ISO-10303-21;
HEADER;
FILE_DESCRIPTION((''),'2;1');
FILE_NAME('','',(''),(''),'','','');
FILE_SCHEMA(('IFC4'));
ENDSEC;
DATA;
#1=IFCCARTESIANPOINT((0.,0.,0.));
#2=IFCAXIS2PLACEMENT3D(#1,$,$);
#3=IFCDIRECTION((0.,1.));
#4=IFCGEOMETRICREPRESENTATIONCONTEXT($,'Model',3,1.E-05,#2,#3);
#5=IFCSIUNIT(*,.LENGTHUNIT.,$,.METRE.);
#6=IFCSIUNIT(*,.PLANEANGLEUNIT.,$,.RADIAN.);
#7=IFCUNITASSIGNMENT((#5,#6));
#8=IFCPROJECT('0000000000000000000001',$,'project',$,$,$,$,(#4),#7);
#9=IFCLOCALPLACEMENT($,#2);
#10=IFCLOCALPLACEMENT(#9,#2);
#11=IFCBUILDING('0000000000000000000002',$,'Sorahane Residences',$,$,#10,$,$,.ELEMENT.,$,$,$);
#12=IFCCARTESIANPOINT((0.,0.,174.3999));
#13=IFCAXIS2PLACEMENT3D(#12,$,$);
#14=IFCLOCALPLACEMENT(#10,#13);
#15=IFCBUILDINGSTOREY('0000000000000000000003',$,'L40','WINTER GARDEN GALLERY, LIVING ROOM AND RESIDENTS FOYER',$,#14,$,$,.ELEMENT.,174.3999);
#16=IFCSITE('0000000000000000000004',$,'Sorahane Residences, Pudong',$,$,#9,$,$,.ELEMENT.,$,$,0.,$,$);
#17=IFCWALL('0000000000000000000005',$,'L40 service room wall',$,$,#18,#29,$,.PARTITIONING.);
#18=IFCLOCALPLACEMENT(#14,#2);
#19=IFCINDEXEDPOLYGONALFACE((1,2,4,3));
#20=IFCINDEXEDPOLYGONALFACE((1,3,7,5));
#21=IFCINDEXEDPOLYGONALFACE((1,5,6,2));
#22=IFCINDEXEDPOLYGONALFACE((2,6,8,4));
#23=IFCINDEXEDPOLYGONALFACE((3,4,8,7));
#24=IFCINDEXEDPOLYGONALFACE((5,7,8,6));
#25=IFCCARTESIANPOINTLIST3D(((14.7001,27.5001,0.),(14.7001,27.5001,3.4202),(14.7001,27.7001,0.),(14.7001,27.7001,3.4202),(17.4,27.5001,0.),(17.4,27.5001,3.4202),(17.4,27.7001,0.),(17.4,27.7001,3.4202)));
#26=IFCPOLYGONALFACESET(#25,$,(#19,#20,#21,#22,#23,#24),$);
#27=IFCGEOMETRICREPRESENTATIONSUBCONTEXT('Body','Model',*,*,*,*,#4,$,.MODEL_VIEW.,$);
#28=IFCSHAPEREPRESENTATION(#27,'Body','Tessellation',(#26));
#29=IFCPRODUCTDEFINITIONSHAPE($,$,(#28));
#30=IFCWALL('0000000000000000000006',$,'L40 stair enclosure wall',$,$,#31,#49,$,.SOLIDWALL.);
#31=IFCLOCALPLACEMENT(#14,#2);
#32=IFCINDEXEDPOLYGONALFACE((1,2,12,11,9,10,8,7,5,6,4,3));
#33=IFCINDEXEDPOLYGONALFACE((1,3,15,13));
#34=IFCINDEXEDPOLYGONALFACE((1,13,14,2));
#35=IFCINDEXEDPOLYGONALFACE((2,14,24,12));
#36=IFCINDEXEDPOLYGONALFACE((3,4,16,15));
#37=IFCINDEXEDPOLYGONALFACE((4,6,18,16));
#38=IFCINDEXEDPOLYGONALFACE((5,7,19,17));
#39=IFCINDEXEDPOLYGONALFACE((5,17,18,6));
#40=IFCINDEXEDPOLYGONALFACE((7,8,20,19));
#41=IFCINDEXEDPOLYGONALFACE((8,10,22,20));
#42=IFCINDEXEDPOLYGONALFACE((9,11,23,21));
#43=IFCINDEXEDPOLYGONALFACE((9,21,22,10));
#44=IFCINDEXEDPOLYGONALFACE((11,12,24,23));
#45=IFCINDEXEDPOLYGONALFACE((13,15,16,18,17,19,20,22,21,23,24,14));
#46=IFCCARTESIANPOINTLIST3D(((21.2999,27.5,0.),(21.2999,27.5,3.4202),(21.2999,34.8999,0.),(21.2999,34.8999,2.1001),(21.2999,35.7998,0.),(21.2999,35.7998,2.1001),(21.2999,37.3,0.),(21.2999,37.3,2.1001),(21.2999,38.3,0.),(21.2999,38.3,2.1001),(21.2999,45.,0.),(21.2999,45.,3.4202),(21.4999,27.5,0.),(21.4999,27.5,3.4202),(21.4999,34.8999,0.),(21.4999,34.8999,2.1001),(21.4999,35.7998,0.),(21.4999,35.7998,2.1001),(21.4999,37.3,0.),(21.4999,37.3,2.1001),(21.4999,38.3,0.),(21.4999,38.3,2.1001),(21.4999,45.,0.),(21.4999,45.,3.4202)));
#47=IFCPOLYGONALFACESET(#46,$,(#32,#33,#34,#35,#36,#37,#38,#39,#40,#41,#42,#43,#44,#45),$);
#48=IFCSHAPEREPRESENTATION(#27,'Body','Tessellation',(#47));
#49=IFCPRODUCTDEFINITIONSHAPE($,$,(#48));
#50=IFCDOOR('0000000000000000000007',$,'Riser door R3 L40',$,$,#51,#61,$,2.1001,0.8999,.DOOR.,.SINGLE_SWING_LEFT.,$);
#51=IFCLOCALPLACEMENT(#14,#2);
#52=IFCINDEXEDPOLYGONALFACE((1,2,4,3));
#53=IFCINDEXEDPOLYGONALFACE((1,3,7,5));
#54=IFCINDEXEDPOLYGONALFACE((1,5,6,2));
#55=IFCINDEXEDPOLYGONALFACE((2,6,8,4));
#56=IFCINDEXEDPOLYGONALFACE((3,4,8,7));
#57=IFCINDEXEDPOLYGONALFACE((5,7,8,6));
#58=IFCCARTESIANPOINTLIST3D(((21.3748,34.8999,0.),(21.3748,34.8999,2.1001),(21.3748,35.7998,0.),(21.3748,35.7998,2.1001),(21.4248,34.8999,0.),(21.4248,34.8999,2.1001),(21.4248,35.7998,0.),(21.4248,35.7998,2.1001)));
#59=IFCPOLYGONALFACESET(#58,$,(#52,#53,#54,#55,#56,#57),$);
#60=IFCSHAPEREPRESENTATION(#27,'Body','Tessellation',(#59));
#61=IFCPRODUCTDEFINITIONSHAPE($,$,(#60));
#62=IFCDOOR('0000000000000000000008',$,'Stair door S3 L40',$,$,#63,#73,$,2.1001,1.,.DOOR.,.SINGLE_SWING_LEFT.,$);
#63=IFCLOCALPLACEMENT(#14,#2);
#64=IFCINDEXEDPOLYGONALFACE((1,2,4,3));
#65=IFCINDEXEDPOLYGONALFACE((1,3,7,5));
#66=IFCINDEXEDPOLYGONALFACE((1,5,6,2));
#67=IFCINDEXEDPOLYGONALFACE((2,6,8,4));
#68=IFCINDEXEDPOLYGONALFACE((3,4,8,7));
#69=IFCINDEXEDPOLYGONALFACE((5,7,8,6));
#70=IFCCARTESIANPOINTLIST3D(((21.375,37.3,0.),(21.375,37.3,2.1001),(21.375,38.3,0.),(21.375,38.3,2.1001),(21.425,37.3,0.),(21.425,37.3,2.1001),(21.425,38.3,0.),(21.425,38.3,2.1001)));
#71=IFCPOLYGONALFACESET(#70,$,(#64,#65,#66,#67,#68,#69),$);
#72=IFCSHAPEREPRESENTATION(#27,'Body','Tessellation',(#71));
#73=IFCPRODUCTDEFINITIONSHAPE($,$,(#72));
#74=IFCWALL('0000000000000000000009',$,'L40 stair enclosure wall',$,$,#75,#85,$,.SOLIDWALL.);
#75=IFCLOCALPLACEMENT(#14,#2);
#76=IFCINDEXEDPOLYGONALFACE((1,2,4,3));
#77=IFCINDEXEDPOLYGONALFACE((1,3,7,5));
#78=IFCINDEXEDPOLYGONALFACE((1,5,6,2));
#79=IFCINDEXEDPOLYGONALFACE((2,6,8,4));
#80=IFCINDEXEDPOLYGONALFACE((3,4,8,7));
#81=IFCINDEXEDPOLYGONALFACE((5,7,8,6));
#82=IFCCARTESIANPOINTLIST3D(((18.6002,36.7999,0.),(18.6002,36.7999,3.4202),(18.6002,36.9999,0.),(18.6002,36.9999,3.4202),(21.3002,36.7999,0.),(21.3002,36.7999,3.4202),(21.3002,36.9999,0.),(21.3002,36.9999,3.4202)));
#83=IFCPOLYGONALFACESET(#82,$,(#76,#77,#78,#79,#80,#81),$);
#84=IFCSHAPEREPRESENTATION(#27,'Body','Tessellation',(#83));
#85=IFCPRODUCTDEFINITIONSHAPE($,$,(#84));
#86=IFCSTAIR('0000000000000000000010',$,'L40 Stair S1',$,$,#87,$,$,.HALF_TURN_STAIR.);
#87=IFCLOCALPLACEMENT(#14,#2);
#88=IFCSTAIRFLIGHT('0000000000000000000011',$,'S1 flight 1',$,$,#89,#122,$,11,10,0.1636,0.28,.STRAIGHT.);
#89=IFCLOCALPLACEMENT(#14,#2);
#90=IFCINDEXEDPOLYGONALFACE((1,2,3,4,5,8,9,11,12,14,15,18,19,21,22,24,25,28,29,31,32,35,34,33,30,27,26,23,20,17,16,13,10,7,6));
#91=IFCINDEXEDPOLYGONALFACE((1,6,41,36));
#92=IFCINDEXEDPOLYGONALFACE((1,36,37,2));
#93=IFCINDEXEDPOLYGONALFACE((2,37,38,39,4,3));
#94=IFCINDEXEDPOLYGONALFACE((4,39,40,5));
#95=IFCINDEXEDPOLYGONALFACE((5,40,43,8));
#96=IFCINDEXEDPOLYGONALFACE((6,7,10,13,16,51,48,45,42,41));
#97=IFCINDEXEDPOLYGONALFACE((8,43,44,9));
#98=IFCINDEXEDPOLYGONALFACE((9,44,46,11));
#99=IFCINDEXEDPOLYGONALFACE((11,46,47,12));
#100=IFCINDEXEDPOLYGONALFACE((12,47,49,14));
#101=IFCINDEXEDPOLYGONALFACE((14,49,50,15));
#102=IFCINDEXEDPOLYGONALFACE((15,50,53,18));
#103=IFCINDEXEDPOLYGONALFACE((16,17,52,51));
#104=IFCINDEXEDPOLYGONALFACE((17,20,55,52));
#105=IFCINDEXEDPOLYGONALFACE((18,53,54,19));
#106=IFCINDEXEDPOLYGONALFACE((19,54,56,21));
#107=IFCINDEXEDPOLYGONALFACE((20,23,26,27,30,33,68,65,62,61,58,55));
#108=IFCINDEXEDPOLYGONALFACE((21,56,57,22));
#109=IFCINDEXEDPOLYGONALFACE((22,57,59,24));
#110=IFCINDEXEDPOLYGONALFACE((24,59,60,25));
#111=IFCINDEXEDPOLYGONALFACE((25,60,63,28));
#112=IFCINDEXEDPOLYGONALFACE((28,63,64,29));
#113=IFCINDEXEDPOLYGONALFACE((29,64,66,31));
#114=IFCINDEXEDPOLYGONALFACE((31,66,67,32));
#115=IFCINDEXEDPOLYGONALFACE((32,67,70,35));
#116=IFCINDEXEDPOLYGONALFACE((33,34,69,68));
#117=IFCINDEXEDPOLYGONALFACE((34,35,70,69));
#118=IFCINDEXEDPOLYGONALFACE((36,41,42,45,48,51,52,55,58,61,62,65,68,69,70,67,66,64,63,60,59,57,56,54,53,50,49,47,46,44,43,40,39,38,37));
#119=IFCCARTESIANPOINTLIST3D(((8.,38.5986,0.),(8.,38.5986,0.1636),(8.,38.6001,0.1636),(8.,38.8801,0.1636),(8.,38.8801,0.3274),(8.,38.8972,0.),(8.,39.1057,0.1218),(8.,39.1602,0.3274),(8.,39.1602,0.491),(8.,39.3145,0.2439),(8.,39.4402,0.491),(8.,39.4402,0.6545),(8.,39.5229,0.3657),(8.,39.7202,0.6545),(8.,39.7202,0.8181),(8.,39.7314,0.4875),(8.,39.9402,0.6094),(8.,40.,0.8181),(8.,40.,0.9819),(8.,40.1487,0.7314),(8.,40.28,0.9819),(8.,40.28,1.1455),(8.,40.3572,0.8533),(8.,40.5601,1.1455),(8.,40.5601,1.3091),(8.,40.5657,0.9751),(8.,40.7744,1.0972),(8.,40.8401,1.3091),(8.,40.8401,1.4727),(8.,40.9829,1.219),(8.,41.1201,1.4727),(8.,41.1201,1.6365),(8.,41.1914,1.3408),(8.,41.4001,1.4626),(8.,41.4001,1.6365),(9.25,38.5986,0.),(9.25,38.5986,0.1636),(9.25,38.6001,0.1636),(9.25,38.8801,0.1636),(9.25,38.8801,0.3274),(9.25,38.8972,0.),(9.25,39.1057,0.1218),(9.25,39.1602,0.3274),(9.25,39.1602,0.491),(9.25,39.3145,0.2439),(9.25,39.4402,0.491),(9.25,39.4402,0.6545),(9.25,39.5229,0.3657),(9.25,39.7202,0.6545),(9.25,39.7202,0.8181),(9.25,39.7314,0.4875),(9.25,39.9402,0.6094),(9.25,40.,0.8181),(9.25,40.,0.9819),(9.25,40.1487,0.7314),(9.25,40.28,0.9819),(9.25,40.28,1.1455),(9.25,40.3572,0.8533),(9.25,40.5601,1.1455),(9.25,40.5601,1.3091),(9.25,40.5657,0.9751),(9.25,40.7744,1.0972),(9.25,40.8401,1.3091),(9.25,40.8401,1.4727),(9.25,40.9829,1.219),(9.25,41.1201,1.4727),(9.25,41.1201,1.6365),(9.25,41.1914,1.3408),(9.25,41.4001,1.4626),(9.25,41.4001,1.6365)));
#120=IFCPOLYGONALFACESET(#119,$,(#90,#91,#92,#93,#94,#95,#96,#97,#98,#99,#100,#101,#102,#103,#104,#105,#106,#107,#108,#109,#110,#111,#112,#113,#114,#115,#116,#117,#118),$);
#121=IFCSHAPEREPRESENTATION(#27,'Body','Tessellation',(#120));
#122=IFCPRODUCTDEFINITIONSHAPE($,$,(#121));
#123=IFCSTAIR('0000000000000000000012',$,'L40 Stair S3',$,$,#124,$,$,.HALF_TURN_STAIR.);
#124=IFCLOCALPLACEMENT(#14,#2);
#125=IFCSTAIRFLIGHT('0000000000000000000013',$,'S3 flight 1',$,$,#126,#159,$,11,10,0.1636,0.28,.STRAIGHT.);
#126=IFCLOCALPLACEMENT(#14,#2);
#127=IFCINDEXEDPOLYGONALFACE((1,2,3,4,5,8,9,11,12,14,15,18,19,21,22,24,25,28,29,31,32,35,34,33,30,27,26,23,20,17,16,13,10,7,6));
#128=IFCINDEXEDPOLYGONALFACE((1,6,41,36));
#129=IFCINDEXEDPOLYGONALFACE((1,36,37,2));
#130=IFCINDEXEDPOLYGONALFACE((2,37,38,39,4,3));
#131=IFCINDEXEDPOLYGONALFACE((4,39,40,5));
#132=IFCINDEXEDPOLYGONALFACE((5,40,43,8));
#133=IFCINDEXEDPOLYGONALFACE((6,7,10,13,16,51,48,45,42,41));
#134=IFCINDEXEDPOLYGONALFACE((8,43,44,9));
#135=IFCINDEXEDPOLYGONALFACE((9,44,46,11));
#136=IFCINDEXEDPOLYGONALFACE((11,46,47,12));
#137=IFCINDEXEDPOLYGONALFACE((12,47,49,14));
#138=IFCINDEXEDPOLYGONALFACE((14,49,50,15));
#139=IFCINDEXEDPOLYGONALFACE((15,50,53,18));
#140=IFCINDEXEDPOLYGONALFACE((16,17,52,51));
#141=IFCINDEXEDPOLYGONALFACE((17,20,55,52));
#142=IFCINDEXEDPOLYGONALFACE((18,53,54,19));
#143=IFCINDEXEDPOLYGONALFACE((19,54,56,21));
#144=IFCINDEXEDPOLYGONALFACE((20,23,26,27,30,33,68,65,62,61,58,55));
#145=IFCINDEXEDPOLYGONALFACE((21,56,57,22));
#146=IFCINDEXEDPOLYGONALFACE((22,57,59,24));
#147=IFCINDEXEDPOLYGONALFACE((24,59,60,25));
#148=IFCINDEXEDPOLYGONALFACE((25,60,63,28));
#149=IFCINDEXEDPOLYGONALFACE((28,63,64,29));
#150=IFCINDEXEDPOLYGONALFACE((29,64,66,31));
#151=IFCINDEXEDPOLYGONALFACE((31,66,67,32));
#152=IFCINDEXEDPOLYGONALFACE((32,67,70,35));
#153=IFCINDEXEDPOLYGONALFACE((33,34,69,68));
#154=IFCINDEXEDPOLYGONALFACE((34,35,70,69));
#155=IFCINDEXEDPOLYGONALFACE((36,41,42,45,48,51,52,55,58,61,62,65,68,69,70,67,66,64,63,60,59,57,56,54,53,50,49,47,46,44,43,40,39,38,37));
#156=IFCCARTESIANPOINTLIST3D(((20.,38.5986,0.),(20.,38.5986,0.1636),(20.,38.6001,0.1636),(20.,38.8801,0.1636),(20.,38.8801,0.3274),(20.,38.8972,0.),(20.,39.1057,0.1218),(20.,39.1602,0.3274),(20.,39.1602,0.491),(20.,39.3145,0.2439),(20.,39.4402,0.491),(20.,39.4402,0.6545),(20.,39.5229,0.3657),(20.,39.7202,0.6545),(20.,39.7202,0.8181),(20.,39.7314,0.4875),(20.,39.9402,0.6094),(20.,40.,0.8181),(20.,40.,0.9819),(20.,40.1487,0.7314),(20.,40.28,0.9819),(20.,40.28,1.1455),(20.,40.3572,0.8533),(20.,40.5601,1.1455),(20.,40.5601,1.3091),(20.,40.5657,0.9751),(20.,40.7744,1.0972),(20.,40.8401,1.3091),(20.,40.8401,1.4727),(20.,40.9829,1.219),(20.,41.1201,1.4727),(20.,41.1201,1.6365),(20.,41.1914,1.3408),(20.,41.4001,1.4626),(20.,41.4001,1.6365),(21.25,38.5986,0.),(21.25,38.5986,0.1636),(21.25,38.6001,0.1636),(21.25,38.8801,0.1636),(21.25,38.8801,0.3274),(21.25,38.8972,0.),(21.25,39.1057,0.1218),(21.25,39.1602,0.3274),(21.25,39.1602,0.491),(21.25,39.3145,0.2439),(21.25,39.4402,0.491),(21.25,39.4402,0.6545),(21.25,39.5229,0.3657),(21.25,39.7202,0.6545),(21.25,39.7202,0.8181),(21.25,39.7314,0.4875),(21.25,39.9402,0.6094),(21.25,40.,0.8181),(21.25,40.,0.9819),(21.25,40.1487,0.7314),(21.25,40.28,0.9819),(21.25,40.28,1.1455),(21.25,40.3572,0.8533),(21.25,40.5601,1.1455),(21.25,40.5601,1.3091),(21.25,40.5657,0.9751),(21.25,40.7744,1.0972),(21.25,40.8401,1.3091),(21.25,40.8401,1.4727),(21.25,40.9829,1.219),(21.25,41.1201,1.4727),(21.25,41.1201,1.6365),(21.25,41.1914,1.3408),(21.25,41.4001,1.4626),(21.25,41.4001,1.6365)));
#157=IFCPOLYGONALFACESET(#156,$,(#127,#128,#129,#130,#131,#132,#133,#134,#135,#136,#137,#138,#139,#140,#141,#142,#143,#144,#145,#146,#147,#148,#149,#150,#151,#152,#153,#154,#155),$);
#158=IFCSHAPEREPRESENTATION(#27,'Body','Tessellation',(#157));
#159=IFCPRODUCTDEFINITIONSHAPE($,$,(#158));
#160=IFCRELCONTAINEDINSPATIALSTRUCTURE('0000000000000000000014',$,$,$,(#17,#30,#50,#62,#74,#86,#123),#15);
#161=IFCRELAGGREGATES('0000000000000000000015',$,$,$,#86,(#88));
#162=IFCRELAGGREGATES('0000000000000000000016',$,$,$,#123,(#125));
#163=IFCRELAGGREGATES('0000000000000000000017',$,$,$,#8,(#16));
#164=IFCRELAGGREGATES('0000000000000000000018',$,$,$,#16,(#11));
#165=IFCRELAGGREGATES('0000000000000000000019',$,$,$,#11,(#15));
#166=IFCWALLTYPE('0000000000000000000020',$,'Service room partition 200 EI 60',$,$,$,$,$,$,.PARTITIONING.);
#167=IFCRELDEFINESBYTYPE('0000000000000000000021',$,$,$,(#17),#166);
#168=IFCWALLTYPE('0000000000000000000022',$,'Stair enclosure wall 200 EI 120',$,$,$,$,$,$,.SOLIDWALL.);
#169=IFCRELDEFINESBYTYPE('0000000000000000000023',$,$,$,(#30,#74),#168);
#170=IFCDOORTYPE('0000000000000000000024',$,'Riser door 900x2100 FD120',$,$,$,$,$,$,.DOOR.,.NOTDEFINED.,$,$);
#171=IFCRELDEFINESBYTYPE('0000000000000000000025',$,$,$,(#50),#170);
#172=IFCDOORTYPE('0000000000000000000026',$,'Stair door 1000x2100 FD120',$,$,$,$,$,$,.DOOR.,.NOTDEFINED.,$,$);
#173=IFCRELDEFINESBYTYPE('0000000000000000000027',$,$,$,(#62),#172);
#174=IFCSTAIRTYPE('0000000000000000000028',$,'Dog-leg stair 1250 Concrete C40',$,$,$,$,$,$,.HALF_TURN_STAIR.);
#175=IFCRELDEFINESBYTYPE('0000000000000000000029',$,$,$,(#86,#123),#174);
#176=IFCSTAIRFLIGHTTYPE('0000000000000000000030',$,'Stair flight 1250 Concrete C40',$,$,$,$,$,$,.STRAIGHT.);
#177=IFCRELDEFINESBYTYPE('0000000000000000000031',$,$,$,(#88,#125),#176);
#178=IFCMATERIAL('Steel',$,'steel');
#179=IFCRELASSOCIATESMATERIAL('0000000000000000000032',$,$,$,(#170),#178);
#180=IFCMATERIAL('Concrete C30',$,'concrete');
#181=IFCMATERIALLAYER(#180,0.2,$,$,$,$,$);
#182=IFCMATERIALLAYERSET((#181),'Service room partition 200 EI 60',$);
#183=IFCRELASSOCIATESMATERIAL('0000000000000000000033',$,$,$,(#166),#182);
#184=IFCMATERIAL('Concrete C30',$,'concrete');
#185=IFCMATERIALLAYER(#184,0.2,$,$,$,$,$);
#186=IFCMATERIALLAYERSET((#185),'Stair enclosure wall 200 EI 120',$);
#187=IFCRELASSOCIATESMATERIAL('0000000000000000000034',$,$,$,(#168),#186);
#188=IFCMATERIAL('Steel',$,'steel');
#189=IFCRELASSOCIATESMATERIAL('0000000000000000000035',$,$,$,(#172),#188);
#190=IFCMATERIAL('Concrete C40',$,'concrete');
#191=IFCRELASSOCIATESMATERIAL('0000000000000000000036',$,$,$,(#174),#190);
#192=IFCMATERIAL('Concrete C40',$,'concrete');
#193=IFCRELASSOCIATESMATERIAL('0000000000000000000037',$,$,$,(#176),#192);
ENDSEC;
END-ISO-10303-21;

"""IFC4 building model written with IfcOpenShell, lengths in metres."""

from ifc_helpers import new_model, si_unit, direction, frame, frame_2d, origin, place, context, subcontext, project, spatial, polyline, rectangle, outline, extrude, material, layer, layer_set, type_object, element, fill, aggregate, save


model = new_model("IFC4")

# Units and contexts
model_context = context("Model", 3, precision=1e-05, world=origin(), true_north=direction((0.0, 1.0)))
body_context = subcontext(model_context, "Body", "Model", "MODEL_VIEW")
ifc_project = project(units=[si_unit("LENGTHUNIT", "METRE"), si_unit("PLANEANGLEUNIT", "RADIAN")], contexts=[model_context])

# Site, building, storey
site_placement = place(None, origin())
site = spatial("IfcSite", under=ifc_project, at=site_placement, Name="Sorahane Residences, Pudong", CompositionType="ELEMENT", RefElevation=0.0)
building_placement = place(site_placement, origin())
building = spatial("IfcBuilding", under=site, at=building_placement, Name="Sorahane Residences", CompositionType="ELEMENT")
storey_placement = place(building_placement, frame((0.0, 0.0, 174.3999)))
storey = spatial("IfcBuildingStorey", under=building, at=storey_placement, Name="L40", Description="WINTER GARDEN GALLERY, LIVING ROOM AND RESIDENTS FOYER", CompositionType="ELEMENT", Elevation=174.3999)

# Shared definitions
ifc_material_1 = material(Name="Steel", Category="steel")
door_type_1 = type_object("IfcDoorType", Name="Riser door 900x2100 FD120", OperationType="NOTDEFINED", PredefinedType="DOOR", material=ifc_material_1)

# Wall
ifc_material_2 = material(Name="Concrete C30", Category="concrete")
ifc_layer_1 = layer(ifc_material_2, 0.2)
ifc_layer_set_1 = layer_set([ifc_layer_1], Name="Service room partition 200 EI 60")
wall_type_1 = type_object("IfcWallType", Name="Service room partition 200 EI 60", PredefinedType="PARTITIONING", material=ifc_layer_set_1)
wall_1_placement = place(storey_placement, frame((14.7, 27.6001, 0.0), z_axis=(0.0, 0.0, 1.0), x_axis=(1.0, 0.0, 0.0)))
element("IfcWall", 1, at=wall_1_placement, inside=storey, type_object=wall_type_1, Name="L40 service room wall", PredefinedType="PARTITIONING", context=body_context, shape_type="SweptSolid", body=[
    extrude(rectangle(XDim=2.7, YDim=0.2, at=frame_2d((1.3501, 0.0))), origin(), (0.0, 0.0, 1.0), 3.4202),
])

# Wall, openings, doors
ifc_material_3 = material(Name="Concrete C30", Category="concrete")
ifc_layer_2 = layer(ifc_material_3, 0.2)
ifc_layer_set_2 = layer_set([ifc_layer_2], Name="Stair enclosure wall 200 EI 120")
wall_type_2 = type_object("IfcWallType", Name="Stair enclosure wall 200 EI 120", PredefinedType="SOLIDWALL", material=ifc_layer_set_2)
wall_2_placement = place(storey_placement, frame((21.3999, 27.5, 0.0), z_axis=(0.0, 0.0, 1.0), x_axis=(0.0, 1.0, 0.0)))
wall_2 = element("IfcWall", 2, at=wall_2_placement, inside=storey, type_object=wall_type_2, Name="L40 stair enclosure wall", PredefinedType="SOLIDWALL", context=body_context, shape_type="SweptSolid", body=[
    extrude(rectangle(XDim=17.5, YDim=0.2, at=frame_2d((8.75, 0.0))), origin(), (0.0, 0.0, 1.0), 3.4202),
])
opening_1_placement = place(wall_2_placement, frame((9.8, 0.0, 0.0)))
opening_1 = element("IfcOpeningElement", 3, at=opening_1_placement, cuts=wall_2, PredefinedType="OPENING", context=body_context, shape_type="SweptSolid", body=[
    extrude(rectangle(XDim=1.0, YDim=2.1001, at=frame_2d((0.5, 1.05))), frame((0.0, 0.1099, 0.0), z_axis=(0.0, -1.0, 0.0), x_axis=(1.0, 0.0, 0.0)), (0.0, 0.0, 1.0), 0.22),
])
opening_2_placement = place(wall_2_placement, frame((7.3999, 0.0, 0.0)))
opening_2 = element("IfcOpeningElement", 4, at=opening_2_placement, cuts=wall_2, PredefinedType="OPENING", context=body_context, shape_type="SweptSolid", body=[
    extrude(rectangle(XDim=0.8999, YDim=2.1001, at=frame_2d((0.45, 1.05))), frame((0.0, 0.1099, 0.0), z_axis=(0.0, -1.0, 0.0), x_axis=(1.0, 0.0, 0.0)), (0.0, 0.0, 1.0), 0.22),
])
door_1_placement = place(opening_2_placement, frame((0.8999, 0.0, 0.0), z_axis=(0.0, 0.0, 1.0), x_axis=(-1.0, 0.0, 0.0)))
door_1 = element("IfcDoor", 5, at=door_1_placement, inside=storey, type_object=door_type_1, Name="Riser door R3 L40", OperationType="SINGLE_SWING_LEFT", OverallHeight=2.1001, OverallWidth=0.8999, PredefinedType="DOOR", context=body_context, shape_type="SweptSolid", body=[
    extrude(rectangle(XDim=0.8999, YDim=2.1001, at=frame_2d((0.45, 1.05))), frame((0.0, 0.0249, 0.0), z_axis=(0.0, -1.0, 0.0), x_axis=(1.0, 0.0, 0.0)), (0.0, 0.0, 1.0), 0.05),
])
fill(opening_2, door_1)
ifc_material_4 = material(Name="Steel", Category="steel")
door_type_2 = type_object("IfcDoorType", Name="Stair door 1000x2100 FD120", OperationType="NOTDEFINED", PredefinedType="DOOR", material=ifc_material_4)
door_2_placement = place(opening_1_placement, origin())
door_2 = element("IfcDoor", 6, at=door_2_placement, inside=storey, type_object=door_type_2, Name="Stair door S3 L40", OperationType="SINGLE_SWING_LEFT", OverallHeight=2.1001, OverallWidth=1.0, PredefinedType="DOOR", context=body_context, shape_type="SweptSolid", body=[
    extrude(rectangle(XDim=1.0, YDim=2.1001, at=frame_2d((0.5, 1.05))), frame((0.0, 0.0249, 0.0), z_axis=(0.0, -1.0, 0.0), x_axis=(1.0, 0.0, 0.0)), (0.0, 0.0, 1.0), 0.05),
])
fill(opening_1, door_2)

# Wall
wall_3_placement = place(storey_placement, frame((18.6001, 36.8999, 0.0), z_axis=(0.0, 0.0, 1.0), x_axis=(1.0, 0.0, 0.0)))
element("IfcWall", 7, at=wall_3_placement, inside=storey, type_object=wall_type_2, Name="L40 stair enclosure wall", PredefinedType="SOLIDWALL", context=body_context, shape_type="SweptSolid", body=[
    extrude(rectangle(XDim=2.7, YDim=0.2, at=frame_2d((1.3501, 0.0))), origin(), (0.0, 0.0, 1.0), 3.4202),
])

# Stairs, stair flights
ifc_material_5 = material(Name="Concrete C40", Category="concrete")
stair_type = type_object("IfcStairType", Name="Dog-leg stair 1250 Concrete C40", PredefinedType="HALF_TURN_STAIR", material=ifc_material_5)
stair_1_placement = place(storey_placement, origin())
stair_1 = element("IfcStair", 8, at=stair_1_placement, inside=storey, type_object=stair_type, Name="L40 Stair S1", PredefinedType="HALF_TURN_STAIR")
ifc_material_6 = material(Name="Concrete C40", Category="concrete")
stair_flight_type = type_object("IfcStairFlightType", Name="Stair flight 1250 Concrete C40", PredefinedType="STRAIGHT", material=ifc_material_6)
stair_flight_1_placement = place(storey_placement, frame((8.625, 38.6001, 0.0), z_axis=(0.0, 0.0, 1.0), x_axis=(0.0, 1.0, 0.0)))
stair_flight_1 = element("IfcStairFlight", 9, at=stair_flight_1_placement, type_object=stair_flight_type, Name="S1 flight 1", NumberOfRisers=11, NumberOfTreads=10, PredefinedType="STRAIGHT", RiserHeight=0.1636, TreadLength=0.28, context=body_context, shape_type="SweptSolid", body=[
    extrude(outline(polyline([(-0.0015, 0.0), (-0.0015, 0.1636), (0.0, 0.1636), (0.28, 0.1636), (0.28, 0.3274), (0.5601, 0.3274), (0.5601, 0.491), (0.8401, 0.491), (0.8401, 0.6545), (1.1201, 0.6545), (1.1201, 0.8181), (1.3999, 0.8181), (1.3999, 0.9819), (1.6799, 0.9819), (1.6799, 1.1455), (1.96, 1.1455), (1.96, 1.3091), (2.24, 1.3091), (2.24, 1.4727), (2.52, 1.4727), (2.52, 1.6365), (2.8, 1.6365), (2.8, 1.8), (2.8, 1.4626), (2.5913, 1.3408), (2.3828, 1.219), (2.1743, 1.0972), (1.9656, 0.9751), (1.7571, 0.8533), (1.5486, 0.7314), (1.3401, 0.6094), (1.1313, 0.4875), (0.9229, 0.3657), (0.7144, 0.2439), (0.5056, 0.1218), (0.2971, 0.0), (-0.0015, 0.0)])), frame((0.0, 0.625, 0.0), z_axis=(0.0, -1.0, 0.0), x_axis=(1.0, 0.0, 0.0)), (0.0, 0.0, 1.0), 1.25),
])
aggregate(stair_1, [stair_flight_1])
stair_2_placement = place(storey_placement, origin())
stair_2 = element("IfcStair", 10, at=stair_2_placement, inside=storey, type_object=stair_type, Name="L40 Stair S3", PredefinedType="HALF_TURN_STAIR")
stair_flight_2_placement = place(storey_placement, frame((20.625, 38.6001, 0.0), z_axis=(0.0, 0.0, 1.0), x_axis=(0.0, 1.0, 0.0)))
stair_flight_2 = element("IfcStairFlight", 11, at=stair_flight_2_placement, type_object=stair_flight_type, Name="S3 flight 1", NumberOfRisers=11, NumberOfTreads=10, PredefinedType="STRAIGHT", RiserHeight=0.1636, TreadLength=0.28, context=body_context, shape_type="SweptSolid", body=[
    extrude(outline(polyline([(-0.0015, 0.0), (-0.0015, 0.1636), (0.0, 0.1636), (0.28, 0.1636), (0.28, 0.3274), (0.5601, 0.3274), (0.5601, 0.491), (0.8401, 0.491), (0.8401, 0.6545), (1.1201, 0.6545), (1.1201, 0.8181), (1.3999, 0.8181), (1.3999, 0.9819), (1.6799, 0.9819), (1.6799, 1.1455), (1.96, 1.1455), (1.96, 1.3091), (2.24, 1.3091), (2.24, 1.4727), (2.52, 1.4727), (2.52, 1.6365), (2.8, 1.6365), (2.8, 1.8), (2.8, 1.4626), (2.5913, 1.3408), (2.3828, 1.219), (2.1743, 1.0972), (1.9656, 0.9751), (1.7571, 0.8533), (1.5486, 0.7314), (1.3401, 0.6094), (1.1313, 0.4875), (0.9229, 0.3657), (0.7144, 0.2439), (0.5056, 0.1218), (0.2971, 0.0), (-0.0015, 0.0)])), frame((0.0, 0.625, 0.0), z_axis=(0.0, -1.0, 0.0), x_axis=(1.0, 0.0, 0.0)), (0.0, 0.0, 1.0), 1.25),
])
aggregate(stair_2, [stair_flight_2])

save(model, "model.ifc")
